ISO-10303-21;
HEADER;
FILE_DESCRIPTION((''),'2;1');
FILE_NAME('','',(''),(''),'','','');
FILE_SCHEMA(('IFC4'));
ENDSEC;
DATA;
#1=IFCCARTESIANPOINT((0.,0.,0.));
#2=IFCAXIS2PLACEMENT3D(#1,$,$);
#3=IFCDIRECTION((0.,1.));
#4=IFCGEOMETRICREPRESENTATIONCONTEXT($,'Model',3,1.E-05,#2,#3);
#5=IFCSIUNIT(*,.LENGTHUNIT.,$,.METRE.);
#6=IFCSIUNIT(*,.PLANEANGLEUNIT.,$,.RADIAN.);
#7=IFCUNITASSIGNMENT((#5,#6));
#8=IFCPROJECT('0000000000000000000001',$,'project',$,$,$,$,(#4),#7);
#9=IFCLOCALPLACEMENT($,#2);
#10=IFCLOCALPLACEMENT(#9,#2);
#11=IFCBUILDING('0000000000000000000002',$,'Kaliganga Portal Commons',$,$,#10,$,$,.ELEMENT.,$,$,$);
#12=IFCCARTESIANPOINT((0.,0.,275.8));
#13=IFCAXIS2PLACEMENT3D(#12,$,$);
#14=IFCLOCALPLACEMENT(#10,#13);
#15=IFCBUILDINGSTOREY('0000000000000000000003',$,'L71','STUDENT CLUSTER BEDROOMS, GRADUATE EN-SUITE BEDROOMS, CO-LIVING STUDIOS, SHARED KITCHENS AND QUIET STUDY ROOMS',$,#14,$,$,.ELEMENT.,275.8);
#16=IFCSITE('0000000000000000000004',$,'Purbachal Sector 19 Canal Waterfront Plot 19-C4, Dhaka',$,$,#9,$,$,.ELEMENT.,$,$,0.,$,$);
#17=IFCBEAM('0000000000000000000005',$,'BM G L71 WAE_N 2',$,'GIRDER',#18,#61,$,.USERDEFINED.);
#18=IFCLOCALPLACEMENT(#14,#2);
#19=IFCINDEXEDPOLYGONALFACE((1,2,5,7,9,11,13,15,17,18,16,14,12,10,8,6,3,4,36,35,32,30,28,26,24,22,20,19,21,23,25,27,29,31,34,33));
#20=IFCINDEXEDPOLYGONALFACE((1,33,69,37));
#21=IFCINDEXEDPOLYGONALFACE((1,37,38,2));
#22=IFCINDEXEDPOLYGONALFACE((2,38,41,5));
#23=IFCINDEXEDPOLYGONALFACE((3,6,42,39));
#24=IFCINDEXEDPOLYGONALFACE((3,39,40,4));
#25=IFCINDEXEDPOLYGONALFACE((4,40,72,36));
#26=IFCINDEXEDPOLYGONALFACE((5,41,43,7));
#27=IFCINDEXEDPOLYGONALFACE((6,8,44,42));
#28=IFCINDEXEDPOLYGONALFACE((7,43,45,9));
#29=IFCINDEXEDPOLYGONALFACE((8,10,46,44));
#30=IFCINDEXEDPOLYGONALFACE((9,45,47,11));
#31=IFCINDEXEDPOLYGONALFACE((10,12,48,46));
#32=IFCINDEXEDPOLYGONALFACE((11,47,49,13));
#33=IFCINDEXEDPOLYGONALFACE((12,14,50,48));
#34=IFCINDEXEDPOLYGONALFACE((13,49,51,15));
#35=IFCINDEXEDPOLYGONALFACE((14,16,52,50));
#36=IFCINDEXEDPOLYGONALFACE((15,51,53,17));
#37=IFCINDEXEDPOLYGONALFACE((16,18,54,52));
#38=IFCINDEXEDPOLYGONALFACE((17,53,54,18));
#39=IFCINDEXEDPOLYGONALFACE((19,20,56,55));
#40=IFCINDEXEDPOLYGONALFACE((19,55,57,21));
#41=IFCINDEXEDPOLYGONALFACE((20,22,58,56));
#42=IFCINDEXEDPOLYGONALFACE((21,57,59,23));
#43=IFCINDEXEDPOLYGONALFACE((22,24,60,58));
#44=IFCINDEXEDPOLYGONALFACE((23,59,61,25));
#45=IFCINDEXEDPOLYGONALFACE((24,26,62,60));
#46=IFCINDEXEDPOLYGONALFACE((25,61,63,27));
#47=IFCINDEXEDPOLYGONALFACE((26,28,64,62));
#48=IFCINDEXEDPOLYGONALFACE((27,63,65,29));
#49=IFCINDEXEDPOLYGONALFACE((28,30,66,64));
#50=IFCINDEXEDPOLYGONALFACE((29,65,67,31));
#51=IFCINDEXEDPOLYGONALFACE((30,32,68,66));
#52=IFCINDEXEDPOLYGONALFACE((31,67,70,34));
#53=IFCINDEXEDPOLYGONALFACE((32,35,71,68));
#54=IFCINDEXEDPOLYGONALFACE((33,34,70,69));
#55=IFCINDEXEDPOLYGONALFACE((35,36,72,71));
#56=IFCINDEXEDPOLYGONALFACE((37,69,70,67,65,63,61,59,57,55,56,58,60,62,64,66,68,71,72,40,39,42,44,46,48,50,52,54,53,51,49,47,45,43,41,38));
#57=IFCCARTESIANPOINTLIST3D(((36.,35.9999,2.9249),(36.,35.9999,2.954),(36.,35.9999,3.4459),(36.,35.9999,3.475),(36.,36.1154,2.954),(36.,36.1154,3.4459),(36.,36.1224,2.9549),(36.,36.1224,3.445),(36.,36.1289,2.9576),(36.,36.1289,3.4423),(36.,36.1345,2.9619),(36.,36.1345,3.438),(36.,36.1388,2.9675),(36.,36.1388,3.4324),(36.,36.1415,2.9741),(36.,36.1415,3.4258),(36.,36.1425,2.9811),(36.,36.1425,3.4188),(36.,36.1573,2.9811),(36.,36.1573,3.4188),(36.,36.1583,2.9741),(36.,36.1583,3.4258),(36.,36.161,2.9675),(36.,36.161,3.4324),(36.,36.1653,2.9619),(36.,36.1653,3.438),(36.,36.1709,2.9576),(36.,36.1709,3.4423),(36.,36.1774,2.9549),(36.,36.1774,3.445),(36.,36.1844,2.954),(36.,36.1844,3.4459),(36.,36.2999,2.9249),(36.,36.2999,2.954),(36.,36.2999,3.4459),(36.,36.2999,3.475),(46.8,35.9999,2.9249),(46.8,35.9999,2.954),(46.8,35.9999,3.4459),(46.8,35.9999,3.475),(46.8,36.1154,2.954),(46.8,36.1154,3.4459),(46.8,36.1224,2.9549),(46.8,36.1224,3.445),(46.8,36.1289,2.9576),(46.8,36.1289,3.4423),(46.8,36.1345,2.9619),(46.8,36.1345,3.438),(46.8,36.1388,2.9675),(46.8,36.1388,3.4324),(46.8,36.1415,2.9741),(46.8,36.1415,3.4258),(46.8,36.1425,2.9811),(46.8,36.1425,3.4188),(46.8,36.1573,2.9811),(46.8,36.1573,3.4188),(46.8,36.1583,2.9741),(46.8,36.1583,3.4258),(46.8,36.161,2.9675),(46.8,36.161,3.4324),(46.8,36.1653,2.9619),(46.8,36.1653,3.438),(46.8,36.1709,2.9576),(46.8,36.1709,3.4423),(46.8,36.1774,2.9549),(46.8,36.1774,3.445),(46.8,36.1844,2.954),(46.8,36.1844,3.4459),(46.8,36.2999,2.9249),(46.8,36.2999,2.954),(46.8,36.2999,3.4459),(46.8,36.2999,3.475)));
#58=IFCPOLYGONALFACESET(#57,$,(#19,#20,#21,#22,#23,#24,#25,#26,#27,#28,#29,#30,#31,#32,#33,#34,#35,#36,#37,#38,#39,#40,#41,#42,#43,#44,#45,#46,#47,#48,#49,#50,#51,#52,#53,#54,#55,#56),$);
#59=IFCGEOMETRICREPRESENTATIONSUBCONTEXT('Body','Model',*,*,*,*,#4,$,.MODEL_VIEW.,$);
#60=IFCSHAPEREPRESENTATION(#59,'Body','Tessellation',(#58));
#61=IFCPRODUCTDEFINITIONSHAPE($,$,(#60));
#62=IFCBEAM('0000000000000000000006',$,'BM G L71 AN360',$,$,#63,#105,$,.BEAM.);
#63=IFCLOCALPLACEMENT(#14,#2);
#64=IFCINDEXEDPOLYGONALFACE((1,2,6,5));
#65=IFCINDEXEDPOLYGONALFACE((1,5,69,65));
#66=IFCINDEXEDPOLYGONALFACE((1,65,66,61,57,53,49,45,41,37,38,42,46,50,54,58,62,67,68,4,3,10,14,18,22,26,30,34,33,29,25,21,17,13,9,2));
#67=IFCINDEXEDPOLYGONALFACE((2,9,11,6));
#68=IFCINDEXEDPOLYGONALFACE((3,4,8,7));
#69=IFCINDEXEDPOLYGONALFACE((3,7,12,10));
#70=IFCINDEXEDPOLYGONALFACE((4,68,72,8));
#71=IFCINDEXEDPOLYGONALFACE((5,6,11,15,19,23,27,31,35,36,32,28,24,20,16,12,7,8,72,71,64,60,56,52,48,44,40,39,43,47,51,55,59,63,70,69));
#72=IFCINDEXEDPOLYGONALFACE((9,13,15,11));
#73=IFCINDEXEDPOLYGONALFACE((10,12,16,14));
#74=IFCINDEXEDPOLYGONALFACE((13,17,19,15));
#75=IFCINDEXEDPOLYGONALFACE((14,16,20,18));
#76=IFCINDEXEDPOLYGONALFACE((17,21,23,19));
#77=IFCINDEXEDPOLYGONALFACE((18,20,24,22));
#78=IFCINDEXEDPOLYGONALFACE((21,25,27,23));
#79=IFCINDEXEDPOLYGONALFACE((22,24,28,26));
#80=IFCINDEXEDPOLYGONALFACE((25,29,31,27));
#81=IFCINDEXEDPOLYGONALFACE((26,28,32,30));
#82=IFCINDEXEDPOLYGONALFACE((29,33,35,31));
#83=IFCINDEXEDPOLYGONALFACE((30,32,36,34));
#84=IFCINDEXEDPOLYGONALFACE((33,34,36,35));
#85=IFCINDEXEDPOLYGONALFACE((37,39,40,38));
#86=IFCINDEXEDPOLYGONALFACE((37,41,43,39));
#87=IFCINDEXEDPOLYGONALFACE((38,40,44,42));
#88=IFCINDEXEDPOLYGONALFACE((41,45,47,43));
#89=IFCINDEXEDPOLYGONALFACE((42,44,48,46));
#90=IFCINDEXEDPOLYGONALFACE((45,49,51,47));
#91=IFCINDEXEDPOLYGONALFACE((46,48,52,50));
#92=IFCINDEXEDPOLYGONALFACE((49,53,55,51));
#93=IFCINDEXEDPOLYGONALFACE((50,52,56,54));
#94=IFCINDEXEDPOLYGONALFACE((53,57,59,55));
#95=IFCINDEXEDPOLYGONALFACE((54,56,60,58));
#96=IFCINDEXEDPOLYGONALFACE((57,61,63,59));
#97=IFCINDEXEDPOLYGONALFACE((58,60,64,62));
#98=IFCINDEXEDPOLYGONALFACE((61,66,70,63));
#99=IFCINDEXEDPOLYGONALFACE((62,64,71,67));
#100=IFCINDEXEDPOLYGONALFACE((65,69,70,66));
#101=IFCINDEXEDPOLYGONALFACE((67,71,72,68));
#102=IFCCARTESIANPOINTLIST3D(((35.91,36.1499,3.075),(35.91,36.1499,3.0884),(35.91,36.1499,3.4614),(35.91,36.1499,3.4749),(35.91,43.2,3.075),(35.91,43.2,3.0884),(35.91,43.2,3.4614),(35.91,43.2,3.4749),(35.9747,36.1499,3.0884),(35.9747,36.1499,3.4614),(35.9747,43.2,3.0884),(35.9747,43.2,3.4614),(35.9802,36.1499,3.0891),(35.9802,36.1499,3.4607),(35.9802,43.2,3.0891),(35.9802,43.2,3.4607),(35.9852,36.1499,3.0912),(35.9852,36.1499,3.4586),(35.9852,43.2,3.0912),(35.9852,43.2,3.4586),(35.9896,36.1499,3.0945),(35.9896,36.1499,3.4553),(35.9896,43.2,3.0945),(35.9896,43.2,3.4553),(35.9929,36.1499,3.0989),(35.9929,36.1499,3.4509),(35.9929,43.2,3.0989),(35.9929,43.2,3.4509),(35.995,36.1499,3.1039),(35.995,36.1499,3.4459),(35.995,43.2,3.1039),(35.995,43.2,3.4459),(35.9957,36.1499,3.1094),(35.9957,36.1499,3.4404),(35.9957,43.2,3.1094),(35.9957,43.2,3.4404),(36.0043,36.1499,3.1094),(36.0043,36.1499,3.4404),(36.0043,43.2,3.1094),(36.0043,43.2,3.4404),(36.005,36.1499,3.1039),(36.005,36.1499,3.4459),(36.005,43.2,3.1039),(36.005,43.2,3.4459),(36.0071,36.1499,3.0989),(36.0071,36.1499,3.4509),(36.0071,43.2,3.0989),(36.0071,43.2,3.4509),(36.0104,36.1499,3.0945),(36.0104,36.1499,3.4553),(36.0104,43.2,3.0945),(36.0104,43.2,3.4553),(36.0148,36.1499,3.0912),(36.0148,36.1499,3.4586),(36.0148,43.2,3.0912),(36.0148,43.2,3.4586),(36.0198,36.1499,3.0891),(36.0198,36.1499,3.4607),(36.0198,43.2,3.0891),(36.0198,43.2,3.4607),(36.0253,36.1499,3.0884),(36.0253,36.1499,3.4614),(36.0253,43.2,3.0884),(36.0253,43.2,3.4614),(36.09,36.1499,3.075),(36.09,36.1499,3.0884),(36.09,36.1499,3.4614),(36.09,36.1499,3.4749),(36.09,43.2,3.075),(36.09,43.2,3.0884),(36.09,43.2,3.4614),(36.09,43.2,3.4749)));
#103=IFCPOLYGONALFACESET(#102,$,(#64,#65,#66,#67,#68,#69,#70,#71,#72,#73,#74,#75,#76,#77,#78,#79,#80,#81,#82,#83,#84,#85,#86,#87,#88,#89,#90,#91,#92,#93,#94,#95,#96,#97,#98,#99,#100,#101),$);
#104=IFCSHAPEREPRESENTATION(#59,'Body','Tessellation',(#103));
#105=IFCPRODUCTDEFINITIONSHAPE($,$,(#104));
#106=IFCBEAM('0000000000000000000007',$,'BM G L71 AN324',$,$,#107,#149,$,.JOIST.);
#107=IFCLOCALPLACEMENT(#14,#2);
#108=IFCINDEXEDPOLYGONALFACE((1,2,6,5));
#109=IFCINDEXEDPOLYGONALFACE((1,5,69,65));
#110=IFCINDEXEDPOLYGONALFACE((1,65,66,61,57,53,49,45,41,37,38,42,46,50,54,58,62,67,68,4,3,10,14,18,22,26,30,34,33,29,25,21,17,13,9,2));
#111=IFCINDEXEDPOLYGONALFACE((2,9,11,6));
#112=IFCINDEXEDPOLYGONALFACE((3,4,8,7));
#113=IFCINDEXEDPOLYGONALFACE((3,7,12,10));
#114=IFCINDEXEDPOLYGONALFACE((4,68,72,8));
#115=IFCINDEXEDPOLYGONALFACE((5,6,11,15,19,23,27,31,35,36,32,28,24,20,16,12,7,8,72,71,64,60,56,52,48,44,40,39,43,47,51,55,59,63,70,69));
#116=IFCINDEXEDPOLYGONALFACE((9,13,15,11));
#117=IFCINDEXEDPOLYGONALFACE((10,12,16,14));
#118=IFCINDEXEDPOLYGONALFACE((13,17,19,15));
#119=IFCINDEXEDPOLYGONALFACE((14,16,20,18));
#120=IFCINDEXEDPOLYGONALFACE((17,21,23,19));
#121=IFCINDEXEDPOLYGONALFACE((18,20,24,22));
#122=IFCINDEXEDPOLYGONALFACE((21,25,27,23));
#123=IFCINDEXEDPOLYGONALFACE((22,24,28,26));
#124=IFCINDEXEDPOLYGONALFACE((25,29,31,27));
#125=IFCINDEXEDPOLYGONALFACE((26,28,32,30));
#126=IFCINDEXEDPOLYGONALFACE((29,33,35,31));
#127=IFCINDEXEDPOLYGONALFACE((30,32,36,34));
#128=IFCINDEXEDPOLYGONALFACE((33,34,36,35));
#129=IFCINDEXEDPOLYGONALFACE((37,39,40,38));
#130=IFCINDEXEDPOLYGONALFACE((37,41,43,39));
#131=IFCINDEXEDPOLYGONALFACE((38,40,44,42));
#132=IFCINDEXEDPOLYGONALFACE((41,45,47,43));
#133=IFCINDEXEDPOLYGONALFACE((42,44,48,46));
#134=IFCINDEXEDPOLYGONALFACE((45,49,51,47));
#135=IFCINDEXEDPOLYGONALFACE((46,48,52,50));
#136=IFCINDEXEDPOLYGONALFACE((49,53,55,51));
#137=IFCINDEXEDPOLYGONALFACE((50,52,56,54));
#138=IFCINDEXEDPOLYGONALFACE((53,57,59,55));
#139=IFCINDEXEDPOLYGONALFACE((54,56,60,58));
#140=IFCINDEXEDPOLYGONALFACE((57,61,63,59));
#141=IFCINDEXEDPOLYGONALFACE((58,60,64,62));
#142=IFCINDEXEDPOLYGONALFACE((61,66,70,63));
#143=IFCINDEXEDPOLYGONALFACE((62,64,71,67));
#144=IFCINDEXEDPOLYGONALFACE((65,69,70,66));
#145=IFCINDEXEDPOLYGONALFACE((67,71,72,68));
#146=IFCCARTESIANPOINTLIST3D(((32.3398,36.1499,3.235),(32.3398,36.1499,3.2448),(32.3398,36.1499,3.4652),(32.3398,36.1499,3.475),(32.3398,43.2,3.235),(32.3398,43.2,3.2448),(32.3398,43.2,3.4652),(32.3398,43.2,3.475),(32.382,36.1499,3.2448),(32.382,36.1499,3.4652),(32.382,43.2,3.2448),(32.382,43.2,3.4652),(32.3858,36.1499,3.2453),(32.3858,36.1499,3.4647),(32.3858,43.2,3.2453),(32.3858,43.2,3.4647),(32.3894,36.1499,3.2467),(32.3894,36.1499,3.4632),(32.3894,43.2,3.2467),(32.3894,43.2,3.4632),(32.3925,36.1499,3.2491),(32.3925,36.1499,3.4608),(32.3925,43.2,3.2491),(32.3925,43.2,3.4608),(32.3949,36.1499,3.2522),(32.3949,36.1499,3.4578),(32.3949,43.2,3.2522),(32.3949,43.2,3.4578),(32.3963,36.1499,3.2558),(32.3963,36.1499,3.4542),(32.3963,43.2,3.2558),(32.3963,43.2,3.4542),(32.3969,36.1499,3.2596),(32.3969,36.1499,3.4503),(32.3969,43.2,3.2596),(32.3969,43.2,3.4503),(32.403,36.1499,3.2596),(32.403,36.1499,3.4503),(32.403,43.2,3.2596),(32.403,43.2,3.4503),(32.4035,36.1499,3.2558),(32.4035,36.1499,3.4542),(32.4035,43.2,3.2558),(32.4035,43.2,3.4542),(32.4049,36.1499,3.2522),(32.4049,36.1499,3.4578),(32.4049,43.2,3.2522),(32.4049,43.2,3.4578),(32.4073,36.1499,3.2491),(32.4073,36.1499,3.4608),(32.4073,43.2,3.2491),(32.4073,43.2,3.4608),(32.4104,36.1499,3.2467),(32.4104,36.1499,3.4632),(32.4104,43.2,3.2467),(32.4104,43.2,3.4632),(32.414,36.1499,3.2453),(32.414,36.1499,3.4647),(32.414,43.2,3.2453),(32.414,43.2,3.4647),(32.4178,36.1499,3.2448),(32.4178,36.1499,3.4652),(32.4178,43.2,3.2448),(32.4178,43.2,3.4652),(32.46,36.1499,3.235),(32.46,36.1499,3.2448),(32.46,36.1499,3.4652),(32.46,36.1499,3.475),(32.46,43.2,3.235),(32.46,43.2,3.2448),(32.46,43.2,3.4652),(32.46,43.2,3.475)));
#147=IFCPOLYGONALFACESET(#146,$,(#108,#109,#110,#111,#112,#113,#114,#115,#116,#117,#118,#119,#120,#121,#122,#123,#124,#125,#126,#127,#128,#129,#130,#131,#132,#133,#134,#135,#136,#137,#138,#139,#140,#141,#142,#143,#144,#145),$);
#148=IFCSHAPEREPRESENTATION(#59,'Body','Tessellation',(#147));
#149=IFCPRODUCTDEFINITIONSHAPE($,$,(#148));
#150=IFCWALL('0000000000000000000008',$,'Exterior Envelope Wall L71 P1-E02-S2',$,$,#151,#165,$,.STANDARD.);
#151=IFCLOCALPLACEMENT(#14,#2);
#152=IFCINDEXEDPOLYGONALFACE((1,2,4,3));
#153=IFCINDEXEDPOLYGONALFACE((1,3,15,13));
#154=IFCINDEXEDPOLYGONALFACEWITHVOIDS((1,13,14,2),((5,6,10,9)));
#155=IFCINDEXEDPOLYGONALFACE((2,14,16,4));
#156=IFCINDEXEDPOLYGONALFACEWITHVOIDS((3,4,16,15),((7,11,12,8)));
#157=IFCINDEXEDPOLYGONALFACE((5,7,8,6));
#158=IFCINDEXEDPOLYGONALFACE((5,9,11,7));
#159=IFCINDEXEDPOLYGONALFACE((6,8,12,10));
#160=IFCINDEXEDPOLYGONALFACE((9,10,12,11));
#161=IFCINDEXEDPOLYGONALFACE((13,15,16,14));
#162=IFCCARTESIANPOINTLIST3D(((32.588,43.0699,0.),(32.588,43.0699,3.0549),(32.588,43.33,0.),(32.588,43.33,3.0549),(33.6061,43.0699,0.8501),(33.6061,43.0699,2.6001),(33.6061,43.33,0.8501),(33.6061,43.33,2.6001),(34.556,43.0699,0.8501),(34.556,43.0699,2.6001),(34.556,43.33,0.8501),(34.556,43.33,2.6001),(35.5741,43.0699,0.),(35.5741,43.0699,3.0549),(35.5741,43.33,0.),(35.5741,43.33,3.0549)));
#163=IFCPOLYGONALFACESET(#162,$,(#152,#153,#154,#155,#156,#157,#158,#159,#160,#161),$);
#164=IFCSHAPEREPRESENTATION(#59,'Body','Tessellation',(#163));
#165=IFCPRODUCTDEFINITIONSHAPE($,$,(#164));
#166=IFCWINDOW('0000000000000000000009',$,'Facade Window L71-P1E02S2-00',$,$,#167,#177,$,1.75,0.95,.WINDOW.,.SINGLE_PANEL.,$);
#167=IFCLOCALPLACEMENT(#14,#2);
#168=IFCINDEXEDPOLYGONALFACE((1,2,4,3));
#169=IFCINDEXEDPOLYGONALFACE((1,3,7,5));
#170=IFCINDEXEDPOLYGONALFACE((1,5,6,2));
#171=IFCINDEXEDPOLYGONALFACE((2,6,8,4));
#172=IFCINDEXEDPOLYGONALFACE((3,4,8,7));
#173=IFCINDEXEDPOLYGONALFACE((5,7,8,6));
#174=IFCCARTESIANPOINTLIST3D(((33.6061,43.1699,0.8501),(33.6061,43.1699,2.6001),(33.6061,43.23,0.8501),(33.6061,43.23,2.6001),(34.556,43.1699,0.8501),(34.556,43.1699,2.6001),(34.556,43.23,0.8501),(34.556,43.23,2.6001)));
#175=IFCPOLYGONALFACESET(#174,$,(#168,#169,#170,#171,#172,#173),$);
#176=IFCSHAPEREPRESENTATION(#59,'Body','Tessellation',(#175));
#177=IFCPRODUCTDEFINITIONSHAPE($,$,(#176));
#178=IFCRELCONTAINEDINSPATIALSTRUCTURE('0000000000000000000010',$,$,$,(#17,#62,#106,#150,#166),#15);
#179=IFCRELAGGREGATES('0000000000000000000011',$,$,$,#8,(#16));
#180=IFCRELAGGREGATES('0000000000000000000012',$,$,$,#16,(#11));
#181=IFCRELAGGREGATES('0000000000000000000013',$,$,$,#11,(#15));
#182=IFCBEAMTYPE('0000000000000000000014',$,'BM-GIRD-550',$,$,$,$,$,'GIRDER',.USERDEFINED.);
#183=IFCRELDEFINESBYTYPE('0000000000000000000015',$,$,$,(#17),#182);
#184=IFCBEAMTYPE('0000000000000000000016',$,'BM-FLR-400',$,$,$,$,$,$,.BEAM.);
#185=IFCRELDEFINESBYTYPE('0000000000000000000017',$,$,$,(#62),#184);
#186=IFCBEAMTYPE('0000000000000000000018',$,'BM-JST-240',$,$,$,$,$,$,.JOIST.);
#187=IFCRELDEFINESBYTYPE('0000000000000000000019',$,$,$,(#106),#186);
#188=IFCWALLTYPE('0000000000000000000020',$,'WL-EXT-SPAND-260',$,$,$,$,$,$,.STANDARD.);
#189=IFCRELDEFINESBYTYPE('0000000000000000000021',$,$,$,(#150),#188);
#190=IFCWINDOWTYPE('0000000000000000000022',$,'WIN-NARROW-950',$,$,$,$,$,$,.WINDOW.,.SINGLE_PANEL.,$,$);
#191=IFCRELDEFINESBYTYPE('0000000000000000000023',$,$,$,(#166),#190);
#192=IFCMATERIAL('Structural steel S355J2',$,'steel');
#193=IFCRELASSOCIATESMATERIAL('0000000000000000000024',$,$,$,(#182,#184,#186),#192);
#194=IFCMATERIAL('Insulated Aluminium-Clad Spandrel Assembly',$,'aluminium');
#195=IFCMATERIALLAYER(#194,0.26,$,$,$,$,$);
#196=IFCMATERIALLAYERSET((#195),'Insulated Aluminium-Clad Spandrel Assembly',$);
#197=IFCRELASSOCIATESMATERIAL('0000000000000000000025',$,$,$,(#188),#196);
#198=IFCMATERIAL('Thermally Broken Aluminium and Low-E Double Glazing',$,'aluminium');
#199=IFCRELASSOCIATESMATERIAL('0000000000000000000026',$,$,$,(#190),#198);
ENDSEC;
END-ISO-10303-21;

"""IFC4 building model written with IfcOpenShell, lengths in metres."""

from ifc_helpers import new_model, si_unit, direction, frame, frame_2d, origin, origin_2d, place, context, subcontext, project, spatial, rectangle, i_section, extrude, source, transform, mapped, material, layer, layer_set, material_profile, profile_set, type_object, element, fill, save


model = new_model("IFC4")

# Units and contexts
model_context = context("Model", 3, precision=1e-05, world=origin(), true_north=direction((0.0, 1.0)))
body_context = subcontext(model_context, "Body", "Model", "MODEL_VIEW")
ifc_project = project(units=[si_unit("LENGTHUNIT", "METRE"), si_unit("PLANEANGLEUNIT", "RADIAN")], contexts=[model_context])

# Site, building, storey
site_placement = place(None, origin())
site = spatial("IfcSite", under=ifc_project, at=site_placement, Name="Purbachal Sector 19 Canal Waterfront Plot 19-C4, Dhaka", CompositionType="ELEMENT", RefElevation=0.0)
building_placement = place(site_placement, origin())
building = spatial("IfcBuilding", under=site, at=building_placement, Name="Kaliganga Portal Commons", CompositionType="ELEMENT")
storey_placement = place(building_placement, frame((0.0, 0.0, 275.8)))
storey = spatial("IfcBuildingStorey", under=building, at=storey_placement, Name="L71", Description="STUDENT CLUSTER BEDROOMS, GRADUATE EN-SUITE BEDROOMS, CO-LIVING STUDIOS, SHARED KITCHENS AND QUIET STUDY ROOMS", CompositionType="ELEMENT", Elevation=275.8)

# Shared definitions
ifc_material_1 = material(Name="Structural steel S355J2", Category="steel")

# Beams
ifc_material_profile_1 = material_profile(ifc_material_1, i_section(OverallWidth=0.3, OverallDepth=0.55, WebThickness=0.0149, FlangeThickness=0.0291, FilletRadius=0.0271, at=origin_2d()), Name="HE 550 B")
ifc_profile_set_1 = profile_set([ifc_material_profile_1], Name="Structural steel S355J2 wide-flange")
beam_type_1 = type_object("IfcBeamType", Name="BM-GIRD-550", ElementType="GIRDER", PredefinedType="USERDEFINED", material=ifc_profile_set_1)
shared_shape_1 = source(origin(), body_context, "Body", "SweptSolid", [
    extrude(i_section(OverallWidth=0.3, OverallDepth=0.55, WebThickness=0.0149, FlangeThickness=0.0291, FilletRadius=0.0271, at=origin_2d()), origin(), (0.0, 0.0, 1.0), 10.8),
])
beam_1_placement = place(storey_placement, frame((36.0, 36.1499, 3.2), z_axis=(1.0, 0.0, 0.0), x_axis=(0.0, 1.0, 0.0)))
element("IfcBeam", 1, at=beam_1_placement, inside=storey, type_object=beam_type_1, Name="BM G L71 WAE_N 2", ObjectType="GIRDER", PredefinedType="USERDEFINED", context=body_context, shape_type="MappedRepresentation", body=[
    mapped(shared_shape_1, transform((0.0, 0.0, 0.0), x_axis=(1.0, 0.0, 0.0), y_axis=(0.0, 1.0, 0.0), z_axis=(0.0, 0.0, 1.0), scale=1.0)),
])
ifc_material_profile_2 = material_profile(ifc_material_1, i_section(OverallWidth=0.1799, OverallDepth=0.3999, WebThickness=0.0085, FlangeThickness=0.0134, FilletRadius=0.021, at=origin_2d()), Name="IPE 400")
ifc_profile_set_2 = profile_set([ifc_material_profile_2], Name="Structural steel S355J2 wide-flange")
beam_type_2 = type_object("IfcBeamType", Name="BM-FLR-400", PredefinedType="BEAM", material=ifc_profile_set_2)
shared_shape_2 = source(origin(), body_context, "Body", "SweptSolid", [
    extrude(i_section(OverallWidth=0.1799, OverallDepth=0.3999, WebThickness=0.0085, FlangeThickness=0.0134, FilletRadius=0.021, at=origin_2d()), origin(), (0.0, 0.0, 1.0), 7.05),
])
beam_2_placement = place(storey_placement, frame((36.0, 36.1499, 3.2749), z_axis=(0.0, 1.0, 0.0), x_axis=(-1.0, 0.0, 0.0)))
element("IfcBeam", 2, at=beam_2_placement, inside=storey, type_object=beam_type_2, Name="BM G L71 AN360", PredefinedType="BEAM", context=body_context, shape_type="MappedRepresentation", body=[
    mapped(shared_shape_2, transform((0.0, 0.0, 0.0), x_axis=(1.0, 0.0, 0.0), y_axis=(0.0, 1.0, 0.0), z_axis=(0.0, 0.0, 1.0), scale=1.0)),
])
ifc_material_profile_3 = material_profile(ifc_material_1, i_section(OverallWidth=0.1201, OverallDepth=0.24, WebThickness=0.0061, FlangeThickness=0.0098, FilletRadius=0.0149, at=origin_2d()), Name="IPE 240")
ifc_profile_set_3 = profile_set([ifc_material_profile_3], Name="Structural steel S355J2 wide-flange")
beam_type_3 = type_object("IfcBeamType", Name="BM-JST-240", PredefinedType="JOIST", material=ifc_profile_set_3)
shared_shape_3 = source(origin(), body_context, "Body", "SweptSolid", [
    extrude(i_section(OverallWidth=0.1201, OverallDepth=0.24, WebThickness=0.0061, FlangeThickness=0.0098, FilletRadius=0.0149, at=origin_2d()), origin(), (0.0, 0.0, 1.0), 7.05),
])
beam_3_placement = place(storey_placement, frame((32.3999, 36.1499, 3.355), z_axis=(0.0, 1.0, 0.0), x_axis=(-1.0, 0.0, 0.0)))
element("IfcBeam", 3, at=beam_3_placement, inside=storey, type_object=beam_type_3, Name="BM G L71 AN324", PredefinedType="JOIST", context=body_context, shape_type="MappedRepresentation", body=[
    mapped(shared_shape_3, transform((0.0, 0.0, 0.0), x_axis=(1.0, 0.0, 0.0), y_axis=(0.0, 1.0, 0.0), z_axis=(0.0, 0.0, 1.0), scale=1.0)),
])

# Shared definitions
ifc_material_2 = material(Name="Insulated Aluminium-Clad Spandrel Assembly", Category="aluminium")
ifc_layer_1 = layer(ifc_material_2, 0.26)
ifc_layer_set_1 = layer_set([ifc_layer_1], Name="Insulated Aluminium-Clad Spandrel Assembly")
wall_type_1 = type_object("IfcWallType", Name="WL-EXT-SPAND-260", PredefinedType="STANDARD", material=ifc_layer_set_1)
ifc_material_3 = material(Name="Thermally Broken Aluminium and Low-E Double Glazing", Category="aluminium")

# Wall, opening, window
wall_1_placement = place(storey_placement, frame((32.5879, 43.2, 0.0), z_axis=(0.0, 0.0, 1.0), x_axis=(1.0, 0.0, 0.0)))
wall_1 = element("IfcWall", 4, at=wall_1_placement, inside=storey, type_object=wall_type_1, Name="Exterior Envelope Wall L71 P1-E02-S2", PredefinedType="STANDARD", context=body_context, shape_type="SweptSolid", body=[
    extrude(rectangle(XDim=2.9861, YDim=0.26, at=frame_2d((1.4932, 0.0))), origin(), (0.0, 0.0, 1.0), 3.0549),
])
opening_1_placement = place(wall_1_placement, frame((1.0181, 0.0, 0.8501)))
opening_1 = element("IfcOpeningElement", 5, at=opening_1_placement, cuts=wall_1, PredefinedType="OPENING", context=body_context, shape_type="SweptSolid", body=[
    extrude(rectangle(XDim=0.95, YDim=1.75, at=frame_2d((0.4751, 0.875))), frame((0.0, 0.1401, 0.0), z_axis=(0.0, -1.0, 0.0), x_axis=(1.0, 0.0, 0.0)), (0.0, 0.0, 1.0), 0.28),
])
window_type_1 = type_object("IfcWindowType", Name="WIN-NARROW-950", PartitioningType="SINGLE_PANEL", PredefinedType="WINDOW", material=ifc_material_3)
window_1_placement = place(opening_1_placement, origin())
window_1 = element("IfcWindow", 6, at=window_1_placement, inside=storey, type_object=window_type_1, Name="Facade Window L71-P1E02S2-00", OverallHeight=1.75, OverallWidth=0.95, PartitioningType="SINGLE_PANEL", PredefinedType="WINDOW", context=body_context, shape_type="SweptSolid", body=[
    extrude(rectangle(XDim=0.95, YDim=1.75, at=frame_2d((0.4751, 0.875))), frame((0.0, 0.03, 0.0), z_axis=(0.0, -1.0, 0.0), x_axis=(1.0, 0.0, 0.0)), (0.0, 0.0, 1.0), 0.0601),
])
fill(opening_1, window_1)

save(model, "model.ifc")
